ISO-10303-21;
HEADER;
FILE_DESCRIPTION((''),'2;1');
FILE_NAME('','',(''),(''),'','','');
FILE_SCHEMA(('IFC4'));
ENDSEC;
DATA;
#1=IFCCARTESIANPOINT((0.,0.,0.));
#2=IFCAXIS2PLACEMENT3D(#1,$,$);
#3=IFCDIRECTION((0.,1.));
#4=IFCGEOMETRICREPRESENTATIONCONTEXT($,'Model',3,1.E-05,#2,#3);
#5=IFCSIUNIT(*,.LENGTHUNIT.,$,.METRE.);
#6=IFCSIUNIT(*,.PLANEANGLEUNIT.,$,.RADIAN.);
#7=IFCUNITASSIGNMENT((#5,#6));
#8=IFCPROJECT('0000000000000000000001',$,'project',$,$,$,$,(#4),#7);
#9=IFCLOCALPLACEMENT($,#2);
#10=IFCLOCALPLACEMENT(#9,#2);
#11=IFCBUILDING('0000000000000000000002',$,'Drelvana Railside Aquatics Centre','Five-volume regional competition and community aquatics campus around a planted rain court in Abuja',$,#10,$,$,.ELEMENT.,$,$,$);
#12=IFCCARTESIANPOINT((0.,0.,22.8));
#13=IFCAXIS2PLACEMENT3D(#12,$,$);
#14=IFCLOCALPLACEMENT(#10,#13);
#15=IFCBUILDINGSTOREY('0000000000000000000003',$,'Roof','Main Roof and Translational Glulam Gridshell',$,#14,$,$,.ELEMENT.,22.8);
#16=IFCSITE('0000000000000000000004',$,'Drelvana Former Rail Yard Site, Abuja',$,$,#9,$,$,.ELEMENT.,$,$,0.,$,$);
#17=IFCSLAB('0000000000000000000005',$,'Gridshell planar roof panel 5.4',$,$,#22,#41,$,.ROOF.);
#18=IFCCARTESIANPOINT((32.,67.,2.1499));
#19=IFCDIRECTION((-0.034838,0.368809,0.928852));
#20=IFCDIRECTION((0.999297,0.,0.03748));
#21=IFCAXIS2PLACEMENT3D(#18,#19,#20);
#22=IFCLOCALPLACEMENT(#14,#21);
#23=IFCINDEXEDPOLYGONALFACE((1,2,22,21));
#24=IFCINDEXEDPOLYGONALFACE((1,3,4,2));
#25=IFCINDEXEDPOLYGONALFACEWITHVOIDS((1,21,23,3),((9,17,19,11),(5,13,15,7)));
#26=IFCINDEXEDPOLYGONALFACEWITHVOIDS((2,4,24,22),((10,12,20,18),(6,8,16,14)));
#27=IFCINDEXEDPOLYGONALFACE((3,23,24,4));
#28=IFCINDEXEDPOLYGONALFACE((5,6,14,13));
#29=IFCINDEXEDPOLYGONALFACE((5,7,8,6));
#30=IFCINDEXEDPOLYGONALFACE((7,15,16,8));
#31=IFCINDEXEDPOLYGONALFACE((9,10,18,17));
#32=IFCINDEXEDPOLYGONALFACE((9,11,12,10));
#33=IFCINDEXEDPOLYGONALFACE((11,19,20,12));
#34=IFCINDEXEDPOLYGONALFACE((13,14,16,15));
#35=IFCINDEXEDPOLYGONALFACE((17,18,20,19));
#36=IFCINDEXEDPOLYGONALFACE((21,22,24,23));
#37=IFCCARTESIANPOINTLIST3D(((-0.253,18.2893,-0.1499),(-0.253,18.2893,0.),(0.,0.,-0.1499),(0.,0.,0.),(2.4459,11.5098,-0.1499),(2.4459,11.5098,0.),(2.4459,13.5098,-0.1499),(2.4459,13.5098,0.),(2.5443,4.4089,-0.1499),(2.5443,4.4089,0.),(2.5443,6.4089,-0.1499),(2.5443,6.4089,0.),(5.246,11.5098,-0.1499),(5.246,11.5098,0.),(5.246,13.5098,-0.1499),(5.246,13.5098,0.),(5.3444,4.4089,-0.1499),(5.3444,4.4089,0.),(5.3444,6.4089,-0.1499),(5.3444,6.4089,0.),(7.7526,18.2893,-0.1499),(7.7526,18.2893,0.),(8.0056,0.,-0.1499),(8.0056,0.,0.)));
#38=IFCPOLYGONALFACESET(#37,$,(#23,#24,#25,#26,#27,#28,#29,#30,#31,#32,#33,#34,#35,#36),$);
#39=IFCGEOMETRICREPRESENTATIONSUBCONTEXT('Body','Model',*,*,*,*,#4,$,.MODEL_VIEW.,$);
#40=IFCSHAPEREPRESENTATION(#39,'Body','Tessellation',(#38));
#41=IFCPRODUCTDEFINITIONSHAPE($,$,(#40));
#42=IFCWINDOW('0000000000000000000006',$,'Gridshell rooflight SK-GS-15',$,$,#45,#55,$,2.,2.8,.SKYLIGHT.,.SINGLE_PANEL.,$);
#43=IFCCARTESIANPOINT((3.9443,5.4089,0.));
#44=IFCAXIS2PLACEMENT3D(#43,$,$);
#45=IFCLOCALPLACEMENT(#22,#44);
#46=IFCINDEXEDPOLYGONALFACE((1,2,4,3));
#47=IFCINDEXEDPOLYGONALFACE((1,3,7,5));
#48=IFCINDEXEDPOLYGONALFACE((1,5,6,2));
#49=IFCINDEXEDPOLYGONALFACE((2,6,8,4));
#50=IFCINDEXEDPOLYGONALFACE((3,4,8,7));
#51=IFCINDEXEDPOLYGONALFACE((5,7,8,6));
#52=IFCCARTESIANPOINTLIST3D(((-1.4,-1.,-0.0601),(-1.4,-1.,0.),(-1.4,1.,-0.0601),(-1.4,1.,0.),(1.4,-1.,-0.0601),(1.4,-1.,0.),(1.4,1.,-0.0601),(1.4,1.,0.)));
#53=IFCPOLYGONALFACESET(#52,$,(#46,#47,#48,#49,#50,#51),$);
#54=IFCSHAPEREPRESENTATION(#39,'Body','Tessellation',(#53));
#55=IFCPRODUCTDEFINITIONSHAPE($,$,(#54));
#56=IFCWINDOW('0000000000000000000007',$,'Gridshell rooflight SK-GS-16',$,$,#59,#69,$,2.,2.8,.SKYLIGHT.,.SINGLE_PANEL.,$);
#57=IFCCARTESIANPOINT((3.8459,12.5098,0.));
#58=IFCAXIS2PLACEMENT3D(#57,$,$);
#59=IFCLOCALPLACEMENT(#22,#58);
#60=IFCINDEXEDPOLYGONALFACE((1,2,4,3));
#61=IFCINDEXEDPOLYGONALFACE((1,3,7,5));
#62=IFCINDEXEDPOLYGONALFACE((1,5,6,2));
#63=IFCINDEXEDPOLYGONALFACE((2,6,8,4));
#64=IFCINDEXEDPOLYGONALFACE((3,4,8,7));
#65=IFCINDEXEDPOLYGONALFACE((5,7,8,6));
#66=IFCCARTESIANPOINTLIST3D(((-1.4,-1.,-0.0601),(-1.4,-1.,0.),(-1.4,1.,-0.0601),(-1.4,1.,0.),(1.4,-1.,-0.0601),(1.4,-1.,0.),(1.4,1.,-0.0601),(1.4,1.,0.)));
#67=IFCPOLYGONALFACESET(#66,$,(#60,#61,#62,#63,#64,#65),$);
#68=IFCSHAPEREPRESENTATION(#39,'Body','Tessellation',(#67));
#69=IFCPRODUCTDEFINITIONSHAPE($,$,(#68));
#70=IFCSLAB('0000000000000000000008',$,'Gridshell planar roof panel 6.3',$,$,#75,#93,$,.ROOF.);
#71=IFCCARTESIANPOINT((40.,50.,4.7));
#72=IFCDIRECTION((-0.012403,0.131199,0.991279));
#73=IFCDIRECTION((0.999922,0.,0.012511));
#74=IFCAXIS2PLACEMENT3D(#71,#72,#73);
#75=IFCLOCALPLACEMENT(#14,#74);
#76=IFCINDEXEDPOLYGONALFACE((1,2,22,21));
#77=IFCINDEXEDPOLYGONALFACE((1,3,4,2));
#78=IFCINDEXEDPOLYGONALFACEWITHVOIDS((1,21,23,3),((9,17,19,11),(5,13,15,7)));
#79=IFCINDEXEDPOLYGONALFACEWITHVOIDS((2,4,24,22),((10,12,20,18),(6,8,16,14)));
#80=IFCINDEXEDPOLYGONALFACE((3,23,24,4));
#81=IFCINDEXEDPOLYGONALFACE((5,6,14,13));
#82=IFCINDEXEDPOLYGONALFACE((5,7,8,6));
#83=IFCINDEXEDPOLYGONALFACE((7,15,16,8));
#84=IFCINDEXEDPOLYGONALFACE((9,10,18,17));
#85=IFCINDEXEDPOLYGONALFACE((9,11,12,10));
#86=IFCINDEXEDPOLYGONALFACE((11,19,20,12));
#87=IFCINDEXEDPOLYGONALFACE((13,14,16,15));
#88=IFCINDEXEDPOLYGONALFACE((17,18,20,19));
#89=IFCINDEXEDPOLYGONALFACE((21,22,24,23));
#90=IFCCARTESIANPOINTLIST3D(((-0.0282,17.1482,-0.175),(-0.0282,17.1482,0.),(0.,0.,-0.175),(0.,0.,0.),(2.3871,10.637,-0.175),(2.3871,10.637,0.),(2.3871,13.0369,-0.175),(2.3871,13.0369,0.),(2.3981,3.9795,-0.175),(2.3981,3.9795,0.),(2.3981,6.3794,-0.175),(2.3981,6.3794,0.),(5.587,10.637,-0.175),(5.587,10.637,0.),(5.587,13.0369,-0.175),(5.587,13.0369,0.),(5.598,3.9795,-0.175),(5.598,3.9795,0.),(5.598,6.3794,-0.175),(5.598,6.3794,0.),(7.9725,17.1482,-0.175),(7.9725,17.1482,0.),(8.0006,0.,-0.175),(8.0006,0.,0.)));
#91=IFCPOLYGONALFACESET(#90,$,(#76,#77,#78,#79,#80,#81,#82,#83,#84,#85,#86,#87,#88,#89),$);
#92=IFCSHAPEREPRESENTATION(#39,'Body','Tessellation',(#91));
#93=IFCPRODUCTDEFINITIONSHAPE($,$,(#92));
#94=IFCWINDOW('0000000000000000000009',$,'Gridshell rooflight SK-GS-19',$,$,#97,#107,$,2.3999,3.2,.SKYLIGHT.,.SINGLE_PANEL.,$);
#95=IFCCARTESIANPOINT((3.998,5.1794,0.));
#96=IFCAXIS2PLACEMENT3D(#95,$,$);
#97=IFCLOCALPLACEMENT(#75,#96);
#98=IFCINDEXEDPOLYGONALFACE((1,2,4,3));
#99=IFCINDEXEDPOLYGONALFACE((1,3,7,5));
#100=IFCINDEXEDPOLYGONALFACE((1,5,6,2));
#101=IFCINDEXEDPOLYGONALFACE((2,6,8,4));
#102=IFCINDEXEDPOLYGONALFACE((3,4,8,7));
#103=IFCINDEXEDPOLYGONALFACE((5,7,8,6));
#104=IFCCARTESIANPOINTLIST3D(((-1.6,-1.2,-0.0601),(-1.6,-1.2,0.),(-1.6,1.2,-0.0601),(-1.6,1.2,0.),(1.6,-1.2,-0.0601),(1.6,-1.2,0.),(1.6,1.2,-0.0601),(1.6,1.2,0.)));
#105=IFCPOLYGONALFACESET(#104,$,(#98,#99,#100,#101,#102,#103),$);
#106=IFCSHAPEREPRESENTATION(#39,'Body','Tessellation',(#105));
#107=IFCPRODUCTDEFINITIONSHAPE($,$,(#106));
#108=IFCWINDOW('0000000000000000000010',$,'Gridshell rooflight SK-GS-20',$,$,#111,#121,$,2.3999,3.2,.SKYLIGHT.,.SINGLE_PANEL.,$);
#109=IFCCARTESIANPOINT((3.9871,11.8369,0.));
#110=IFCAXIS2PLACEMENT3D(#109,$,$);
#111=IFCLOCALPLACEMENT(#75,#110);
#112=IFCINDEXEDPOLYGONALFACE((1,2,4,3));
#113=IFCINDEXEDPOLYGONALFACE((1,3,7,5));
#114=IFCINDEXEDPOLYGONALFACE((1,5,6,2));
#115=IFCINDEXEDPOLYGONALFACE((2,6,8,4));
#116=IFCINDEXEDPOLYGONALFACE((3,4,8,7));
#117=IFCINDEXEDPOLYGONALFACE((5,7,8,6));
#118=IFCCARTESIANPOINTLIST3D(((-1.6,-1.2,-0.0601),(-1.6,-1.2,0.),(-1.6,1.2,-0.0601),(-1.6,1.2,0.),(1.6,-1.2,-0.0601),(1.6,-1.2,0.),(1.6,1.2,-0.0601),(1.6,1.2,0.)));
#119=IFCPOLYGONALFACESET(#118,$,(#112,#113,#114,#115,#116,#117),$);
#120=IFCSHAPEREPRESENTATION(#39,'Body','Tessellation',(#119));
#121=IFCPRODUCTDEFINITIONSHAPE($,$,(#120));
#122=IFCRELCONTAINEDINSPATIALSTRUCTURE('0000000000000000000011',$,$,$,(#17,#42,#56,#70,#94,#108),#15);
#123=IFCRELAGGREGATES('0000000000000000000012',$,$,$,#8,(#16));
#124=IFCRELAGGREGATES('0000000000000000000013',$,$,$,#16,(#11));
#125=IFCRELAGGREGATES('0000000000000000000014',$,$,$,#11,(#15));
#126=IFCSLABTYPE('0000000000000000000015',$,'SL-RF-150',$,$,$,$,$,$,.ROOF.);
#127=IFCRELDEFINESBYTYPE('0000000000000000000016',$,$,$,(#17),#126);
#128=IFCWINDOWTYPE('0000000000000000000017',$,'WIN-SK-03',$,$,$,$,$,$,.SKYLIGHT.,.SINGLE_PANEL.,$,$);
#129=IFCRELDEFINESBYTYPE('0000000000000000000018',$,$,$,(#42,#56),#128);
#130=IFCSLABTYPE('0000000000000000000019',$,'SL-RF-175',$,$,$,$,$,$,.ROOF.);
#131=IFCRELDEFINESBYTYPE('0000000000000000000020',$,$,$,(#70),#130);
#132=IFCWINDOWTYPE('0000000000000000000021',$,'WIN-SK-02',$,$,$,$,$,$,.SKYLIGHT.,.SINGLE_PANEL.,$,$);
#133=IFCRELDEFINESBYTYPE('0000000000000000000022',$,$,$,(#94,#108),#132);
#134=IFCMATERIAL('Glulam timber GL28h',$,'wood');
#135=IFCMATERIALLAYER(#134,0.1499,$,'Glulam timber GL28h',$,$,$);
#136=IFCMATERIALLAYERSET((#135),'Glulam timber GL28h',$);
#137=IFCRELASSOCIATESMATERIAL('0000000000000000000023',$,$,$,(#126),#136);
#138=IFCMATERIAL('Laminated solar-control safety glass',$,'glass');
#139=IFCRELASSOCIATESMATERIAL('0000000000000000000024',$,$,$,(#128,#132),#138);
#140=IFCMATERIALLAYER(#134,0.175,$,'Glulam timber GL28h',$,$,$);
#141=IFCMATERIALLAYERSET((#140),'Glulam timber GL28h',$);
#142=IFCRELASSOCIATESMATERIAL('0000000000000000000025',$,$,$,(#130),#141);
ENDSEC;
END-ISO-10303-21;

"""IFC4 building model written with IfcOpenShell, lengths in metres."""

from ifc_helpers import new_model, si_unit, direction, frame, origin, origin_2d, place, context, subcontext, project, spatial, polyline, rectangle, outline, extrude, material, layer, layer_set, type_object, element, fill, save


model = new_model("IFC4")

# Units and contexts
model_context = context("Model", 3, precision=1e-05, world=origin(), true_north=direction((0.0, 1.0)))
body_context = subcontext(model_context, "Body", "Model", "MODEL_VIEW")
ifc_project = project(units=[si_unit("LENGTHUNIT", "METRE"), si_unit("PLANEANGLEUNIT", "RADIAN")], contexts=[model_context])

# Site, building, storey
site_placement = place(None, origin())
site = spatial("IfcSite", under=ifc_project, at=site_placement, Name="Drelvana Former Rail Yard Site, Abuja", CompositionType="ELEMENT", RefElevation=0.0)
building_placement = place(site_placement, origin())
building = spatial("IfcBuilding", under=site, at=building_placement, Name="Drelvana Railside Aquatics Centre", Description="Five-volume regional competition and community aquatics campus around a planted rain court in Abuja", CompositionType="ELEMENT")
storey_placement = place(building_placement, frame((0.0, 0.0, 22.8)))
storey = spatial("IfcBuildingStorey", under=building, at=storey_placement, Name="Roof", Description="Main Roof and Translational Glulam Gridshell", CompositionType="ELEMENT", Elevation=22.8)

# Shared definitions
ifc_material_1 = material(Name="Glulam timber GL28h", Category="wood")

# Slab, openings, windows
ifc_layer_1 = layer(ifc_material_1, 0.1499, Name="Glulam timber GL28h")
ifc_layer_set_1 = layer_set([ifc_layer_1], Name="Glulam timber GL28h")
slab_type_1 = type_object("IfcSlabType", Name="SL-RF-150", PredefinedType="ROOF", material=ifc_layer_set_1)
slab_1_placement = place(storey_placement, frame((32.0, 67.0, 2.1499), z_axis=(-0.034838, 0.368809, 0.928852), x_axis=(0.999297, 0.0, 0.03748)))
slab_1 = element("IfcSlab", 1, at=slab_1_placement, inside=storey, type_object=slab_type_1, Name="Gridshell planar roof panel 5.4", PredefinedType="ROOF", context=body_context, shape_type="SweptSolid", body=[
    extrude(outline(polyline([(0.0, 0.0), (8.0056, 0.0), (7.7526, 18.2893), (-0.253, 18.2893), (0.0, 0.0)])), origin(), (0.0, 0.0, -1.0), 0.1499),
])
opening_1_placement = place(slab_1_placement, frame((3.9443, 5.4089, 0.01)))
opening_1 = element("IfcOpeningElement", 2, at=opening_1_placement, cuts=slab_1, PredefinedType="OPENING", context=body_context, shape_type="SweptSolid", body=[
    extrude(rectangle(XDim=2.8, YDim=2.0, at=origin_2d()), origin(), (0.0, 0.0, -1.0), 0.1699),
])
opening_2_placement = place(slab_1_placement, frame((3.8459, 12.5098, 0.01)))
opening_2 = element("IfcOpeningElement", 3, at=opening_2_placement, cuts=slab_1, PredefinedType="OPENING", context=body_context, shape_type="SweptSolid", body=[
    extrude(rectangle(XDim=2.8, YDim=2.0, at=origin_2d()), origin(), (0.0, 0.0, -1.0), 0.1699),
])
ifc_material_2 = material(Name="Laminated solar-control safety glass", Category="glass")
window_type_1 = type_object("IfcWindowType", Name="WIN-SK-03", PartitioningType="SINGLE_PANEL", PredefinedType="SKYLIGHT", material=ifc_material_2)
window_1_placement = place(slab_1_placement, frame((3.9443, 5.4089, 0.0)))
window_1 = element("IfcWindow", 4, at=window_1_placement, inside=storey, type_object=window_type_1, Name="Gridshell rooflight SK-GS-15", OverallHeight=2.0, OverallWidth=2.8, PartitioningType="SINGLE_PANEL", PredefinedType="SKYLIGHT", context=body_context, shape_type="SweptSolid", body=[
    extrude(rectangle(XDim=2.8, YDim=2.0, at=origin_2d()), origin(), (0.0, 0.0, -1.0), 0.0601),
])
fill(opening_1, window_1)
window_2_placement = place(slab_1_placement, frame((3.8459, 12.5098, 0.0)))
window_2 = element("IfcWindow", 5, at=window_2_placement, inside=storey, type_object=window_type_1, Name="Gridshell rooflight SK-GS-16", OverallHeight=2.0, OverallWidth=2.8, PartitioningType="SINGLE_PANEL", PredefinedType="SKYLIGHT", context=body_context, shape_type="SweptSolid", body=[
    extrude(rectangle(XDim=2.8, YDim=2.0, at=origin_2d()), origin(), (0.0, 0.0, -1.0), 0.0601),
])
fill(opening_2, window_2)

# Slab, openings, windows
ifc_layer_2 = layer(ifc_material_1, 0.175, Name="Glulam timber GL28h")
ifc_layer_set_2 = layer_set([ifc_layer_2], Name="Glulam timber GL28h")
slab_type_2 = type_object("IfcSlabType", Name="SL-RF-175", PredefinedType="ROOF", material=ifc_layer_set_2)
slab_2_placement = place(storey_placement, frame((40.0, 50.0, 4.7), z_axis=(-0.012403, 0.131199, 0.991279), x_axis=(0.999922, 0.0, 0.012511)))
slab_2 = element("IfcSlab", 6, at=slab_2_placement, inside=storey, type_object=slab_type_2, Name="Gridshell planar roof panel 6.3", PredefinedType="ROOF", context=body_context, shape_type="SweptSolid", body=[
    extrude(outline(polyline([(0.0, 0.0), (8.0006, 0.0), (7.9725, 17.1482), (-0.0282, 17.1482), (0.0, 0.0)])), origin(), (0.0, 0.0, -1.0), 0.175),
])
opening_3_placement = place(slab_2_placement, frame((3.998, 5.1794, 0.01)))
opening_3 = element("IfcOpeningElement", 7, at=opening_3_placement, cuts=slab_2, PredefinedType="OPENING", context=body_context, shape_type="SweptSolid", body=[
    extrude(rectangle(XDim=3.2, YDim=2.3999, at=origin_2d()), origin(), (0.0, 0.0, -1.0), 0.1951),
])
opening_4_placement = place(slab_2_placement, frame((3.9871, 11.8369, 0.01)))
opening_4 = element("IfcOpeningElement", 8, at=opening_4_placement, cuts=slab_2, PredefinedType="OPENING", context=body_context, shape_type="SweptSolid", body=[
    extrude(rectangle(XDim=3.2, YDim=2.3999, at=origin_2d()), origin(), (0.0, 0.0, -1.0), 0.1951),
])
window_type_2 = type_object("IfcWindowType", Name="WIN-SK-02", PartitioningType="SINGLE_PANEL", PredefinedType="SKYLIGHT", material=ifc_material_2)
window_3_placement = place(slab_2_placement, frame((3.998, 5.1794, 0.0)))
window_3 = element("IfcWindow", 9, at=window_3_placement, inside=storey, type_object=window_type_2, Name="Gridshell rooflight SK-GS-19", OverallHeight=2.3999, OverallWidth=3.2, PartitioningType="SINGLE_PANEL", PredefinedType="SKYLIGHT", context=body_context, shape_type="SweptSolid", body=[
    extrude(rectangle(XDim=3.2, YDim=2.3999, at=origin_2d()), origin(), (0.0, 0.0, -1.0), 0.0601),
])
fill(opening_3, window_3)
window_4_placement = place(slab_2_placement, frame((3.9871, 11.8369, 0.0)))
window_4 = element("IfcWindow", 10, at=window_4_placement, inside=storey, type_object=window_type_2, Name="Gridshell rooflight SK-GS-20", OverallHeight=2.3999, OverallWidth=3.2, PartitioningType="SINGLE_PANEL", PredefinedType="SKYLIGHT", context=body_context, shape_type="SweptSolid", body=[
    extrude(rectangle(XDim=3.2, YDim=2.3999, at=origin_2d()), origin(), (0.0, 0.0, -1.0), 0.0601),
])
fill(opening_4, window_4)

save(model, "model.ifc")
